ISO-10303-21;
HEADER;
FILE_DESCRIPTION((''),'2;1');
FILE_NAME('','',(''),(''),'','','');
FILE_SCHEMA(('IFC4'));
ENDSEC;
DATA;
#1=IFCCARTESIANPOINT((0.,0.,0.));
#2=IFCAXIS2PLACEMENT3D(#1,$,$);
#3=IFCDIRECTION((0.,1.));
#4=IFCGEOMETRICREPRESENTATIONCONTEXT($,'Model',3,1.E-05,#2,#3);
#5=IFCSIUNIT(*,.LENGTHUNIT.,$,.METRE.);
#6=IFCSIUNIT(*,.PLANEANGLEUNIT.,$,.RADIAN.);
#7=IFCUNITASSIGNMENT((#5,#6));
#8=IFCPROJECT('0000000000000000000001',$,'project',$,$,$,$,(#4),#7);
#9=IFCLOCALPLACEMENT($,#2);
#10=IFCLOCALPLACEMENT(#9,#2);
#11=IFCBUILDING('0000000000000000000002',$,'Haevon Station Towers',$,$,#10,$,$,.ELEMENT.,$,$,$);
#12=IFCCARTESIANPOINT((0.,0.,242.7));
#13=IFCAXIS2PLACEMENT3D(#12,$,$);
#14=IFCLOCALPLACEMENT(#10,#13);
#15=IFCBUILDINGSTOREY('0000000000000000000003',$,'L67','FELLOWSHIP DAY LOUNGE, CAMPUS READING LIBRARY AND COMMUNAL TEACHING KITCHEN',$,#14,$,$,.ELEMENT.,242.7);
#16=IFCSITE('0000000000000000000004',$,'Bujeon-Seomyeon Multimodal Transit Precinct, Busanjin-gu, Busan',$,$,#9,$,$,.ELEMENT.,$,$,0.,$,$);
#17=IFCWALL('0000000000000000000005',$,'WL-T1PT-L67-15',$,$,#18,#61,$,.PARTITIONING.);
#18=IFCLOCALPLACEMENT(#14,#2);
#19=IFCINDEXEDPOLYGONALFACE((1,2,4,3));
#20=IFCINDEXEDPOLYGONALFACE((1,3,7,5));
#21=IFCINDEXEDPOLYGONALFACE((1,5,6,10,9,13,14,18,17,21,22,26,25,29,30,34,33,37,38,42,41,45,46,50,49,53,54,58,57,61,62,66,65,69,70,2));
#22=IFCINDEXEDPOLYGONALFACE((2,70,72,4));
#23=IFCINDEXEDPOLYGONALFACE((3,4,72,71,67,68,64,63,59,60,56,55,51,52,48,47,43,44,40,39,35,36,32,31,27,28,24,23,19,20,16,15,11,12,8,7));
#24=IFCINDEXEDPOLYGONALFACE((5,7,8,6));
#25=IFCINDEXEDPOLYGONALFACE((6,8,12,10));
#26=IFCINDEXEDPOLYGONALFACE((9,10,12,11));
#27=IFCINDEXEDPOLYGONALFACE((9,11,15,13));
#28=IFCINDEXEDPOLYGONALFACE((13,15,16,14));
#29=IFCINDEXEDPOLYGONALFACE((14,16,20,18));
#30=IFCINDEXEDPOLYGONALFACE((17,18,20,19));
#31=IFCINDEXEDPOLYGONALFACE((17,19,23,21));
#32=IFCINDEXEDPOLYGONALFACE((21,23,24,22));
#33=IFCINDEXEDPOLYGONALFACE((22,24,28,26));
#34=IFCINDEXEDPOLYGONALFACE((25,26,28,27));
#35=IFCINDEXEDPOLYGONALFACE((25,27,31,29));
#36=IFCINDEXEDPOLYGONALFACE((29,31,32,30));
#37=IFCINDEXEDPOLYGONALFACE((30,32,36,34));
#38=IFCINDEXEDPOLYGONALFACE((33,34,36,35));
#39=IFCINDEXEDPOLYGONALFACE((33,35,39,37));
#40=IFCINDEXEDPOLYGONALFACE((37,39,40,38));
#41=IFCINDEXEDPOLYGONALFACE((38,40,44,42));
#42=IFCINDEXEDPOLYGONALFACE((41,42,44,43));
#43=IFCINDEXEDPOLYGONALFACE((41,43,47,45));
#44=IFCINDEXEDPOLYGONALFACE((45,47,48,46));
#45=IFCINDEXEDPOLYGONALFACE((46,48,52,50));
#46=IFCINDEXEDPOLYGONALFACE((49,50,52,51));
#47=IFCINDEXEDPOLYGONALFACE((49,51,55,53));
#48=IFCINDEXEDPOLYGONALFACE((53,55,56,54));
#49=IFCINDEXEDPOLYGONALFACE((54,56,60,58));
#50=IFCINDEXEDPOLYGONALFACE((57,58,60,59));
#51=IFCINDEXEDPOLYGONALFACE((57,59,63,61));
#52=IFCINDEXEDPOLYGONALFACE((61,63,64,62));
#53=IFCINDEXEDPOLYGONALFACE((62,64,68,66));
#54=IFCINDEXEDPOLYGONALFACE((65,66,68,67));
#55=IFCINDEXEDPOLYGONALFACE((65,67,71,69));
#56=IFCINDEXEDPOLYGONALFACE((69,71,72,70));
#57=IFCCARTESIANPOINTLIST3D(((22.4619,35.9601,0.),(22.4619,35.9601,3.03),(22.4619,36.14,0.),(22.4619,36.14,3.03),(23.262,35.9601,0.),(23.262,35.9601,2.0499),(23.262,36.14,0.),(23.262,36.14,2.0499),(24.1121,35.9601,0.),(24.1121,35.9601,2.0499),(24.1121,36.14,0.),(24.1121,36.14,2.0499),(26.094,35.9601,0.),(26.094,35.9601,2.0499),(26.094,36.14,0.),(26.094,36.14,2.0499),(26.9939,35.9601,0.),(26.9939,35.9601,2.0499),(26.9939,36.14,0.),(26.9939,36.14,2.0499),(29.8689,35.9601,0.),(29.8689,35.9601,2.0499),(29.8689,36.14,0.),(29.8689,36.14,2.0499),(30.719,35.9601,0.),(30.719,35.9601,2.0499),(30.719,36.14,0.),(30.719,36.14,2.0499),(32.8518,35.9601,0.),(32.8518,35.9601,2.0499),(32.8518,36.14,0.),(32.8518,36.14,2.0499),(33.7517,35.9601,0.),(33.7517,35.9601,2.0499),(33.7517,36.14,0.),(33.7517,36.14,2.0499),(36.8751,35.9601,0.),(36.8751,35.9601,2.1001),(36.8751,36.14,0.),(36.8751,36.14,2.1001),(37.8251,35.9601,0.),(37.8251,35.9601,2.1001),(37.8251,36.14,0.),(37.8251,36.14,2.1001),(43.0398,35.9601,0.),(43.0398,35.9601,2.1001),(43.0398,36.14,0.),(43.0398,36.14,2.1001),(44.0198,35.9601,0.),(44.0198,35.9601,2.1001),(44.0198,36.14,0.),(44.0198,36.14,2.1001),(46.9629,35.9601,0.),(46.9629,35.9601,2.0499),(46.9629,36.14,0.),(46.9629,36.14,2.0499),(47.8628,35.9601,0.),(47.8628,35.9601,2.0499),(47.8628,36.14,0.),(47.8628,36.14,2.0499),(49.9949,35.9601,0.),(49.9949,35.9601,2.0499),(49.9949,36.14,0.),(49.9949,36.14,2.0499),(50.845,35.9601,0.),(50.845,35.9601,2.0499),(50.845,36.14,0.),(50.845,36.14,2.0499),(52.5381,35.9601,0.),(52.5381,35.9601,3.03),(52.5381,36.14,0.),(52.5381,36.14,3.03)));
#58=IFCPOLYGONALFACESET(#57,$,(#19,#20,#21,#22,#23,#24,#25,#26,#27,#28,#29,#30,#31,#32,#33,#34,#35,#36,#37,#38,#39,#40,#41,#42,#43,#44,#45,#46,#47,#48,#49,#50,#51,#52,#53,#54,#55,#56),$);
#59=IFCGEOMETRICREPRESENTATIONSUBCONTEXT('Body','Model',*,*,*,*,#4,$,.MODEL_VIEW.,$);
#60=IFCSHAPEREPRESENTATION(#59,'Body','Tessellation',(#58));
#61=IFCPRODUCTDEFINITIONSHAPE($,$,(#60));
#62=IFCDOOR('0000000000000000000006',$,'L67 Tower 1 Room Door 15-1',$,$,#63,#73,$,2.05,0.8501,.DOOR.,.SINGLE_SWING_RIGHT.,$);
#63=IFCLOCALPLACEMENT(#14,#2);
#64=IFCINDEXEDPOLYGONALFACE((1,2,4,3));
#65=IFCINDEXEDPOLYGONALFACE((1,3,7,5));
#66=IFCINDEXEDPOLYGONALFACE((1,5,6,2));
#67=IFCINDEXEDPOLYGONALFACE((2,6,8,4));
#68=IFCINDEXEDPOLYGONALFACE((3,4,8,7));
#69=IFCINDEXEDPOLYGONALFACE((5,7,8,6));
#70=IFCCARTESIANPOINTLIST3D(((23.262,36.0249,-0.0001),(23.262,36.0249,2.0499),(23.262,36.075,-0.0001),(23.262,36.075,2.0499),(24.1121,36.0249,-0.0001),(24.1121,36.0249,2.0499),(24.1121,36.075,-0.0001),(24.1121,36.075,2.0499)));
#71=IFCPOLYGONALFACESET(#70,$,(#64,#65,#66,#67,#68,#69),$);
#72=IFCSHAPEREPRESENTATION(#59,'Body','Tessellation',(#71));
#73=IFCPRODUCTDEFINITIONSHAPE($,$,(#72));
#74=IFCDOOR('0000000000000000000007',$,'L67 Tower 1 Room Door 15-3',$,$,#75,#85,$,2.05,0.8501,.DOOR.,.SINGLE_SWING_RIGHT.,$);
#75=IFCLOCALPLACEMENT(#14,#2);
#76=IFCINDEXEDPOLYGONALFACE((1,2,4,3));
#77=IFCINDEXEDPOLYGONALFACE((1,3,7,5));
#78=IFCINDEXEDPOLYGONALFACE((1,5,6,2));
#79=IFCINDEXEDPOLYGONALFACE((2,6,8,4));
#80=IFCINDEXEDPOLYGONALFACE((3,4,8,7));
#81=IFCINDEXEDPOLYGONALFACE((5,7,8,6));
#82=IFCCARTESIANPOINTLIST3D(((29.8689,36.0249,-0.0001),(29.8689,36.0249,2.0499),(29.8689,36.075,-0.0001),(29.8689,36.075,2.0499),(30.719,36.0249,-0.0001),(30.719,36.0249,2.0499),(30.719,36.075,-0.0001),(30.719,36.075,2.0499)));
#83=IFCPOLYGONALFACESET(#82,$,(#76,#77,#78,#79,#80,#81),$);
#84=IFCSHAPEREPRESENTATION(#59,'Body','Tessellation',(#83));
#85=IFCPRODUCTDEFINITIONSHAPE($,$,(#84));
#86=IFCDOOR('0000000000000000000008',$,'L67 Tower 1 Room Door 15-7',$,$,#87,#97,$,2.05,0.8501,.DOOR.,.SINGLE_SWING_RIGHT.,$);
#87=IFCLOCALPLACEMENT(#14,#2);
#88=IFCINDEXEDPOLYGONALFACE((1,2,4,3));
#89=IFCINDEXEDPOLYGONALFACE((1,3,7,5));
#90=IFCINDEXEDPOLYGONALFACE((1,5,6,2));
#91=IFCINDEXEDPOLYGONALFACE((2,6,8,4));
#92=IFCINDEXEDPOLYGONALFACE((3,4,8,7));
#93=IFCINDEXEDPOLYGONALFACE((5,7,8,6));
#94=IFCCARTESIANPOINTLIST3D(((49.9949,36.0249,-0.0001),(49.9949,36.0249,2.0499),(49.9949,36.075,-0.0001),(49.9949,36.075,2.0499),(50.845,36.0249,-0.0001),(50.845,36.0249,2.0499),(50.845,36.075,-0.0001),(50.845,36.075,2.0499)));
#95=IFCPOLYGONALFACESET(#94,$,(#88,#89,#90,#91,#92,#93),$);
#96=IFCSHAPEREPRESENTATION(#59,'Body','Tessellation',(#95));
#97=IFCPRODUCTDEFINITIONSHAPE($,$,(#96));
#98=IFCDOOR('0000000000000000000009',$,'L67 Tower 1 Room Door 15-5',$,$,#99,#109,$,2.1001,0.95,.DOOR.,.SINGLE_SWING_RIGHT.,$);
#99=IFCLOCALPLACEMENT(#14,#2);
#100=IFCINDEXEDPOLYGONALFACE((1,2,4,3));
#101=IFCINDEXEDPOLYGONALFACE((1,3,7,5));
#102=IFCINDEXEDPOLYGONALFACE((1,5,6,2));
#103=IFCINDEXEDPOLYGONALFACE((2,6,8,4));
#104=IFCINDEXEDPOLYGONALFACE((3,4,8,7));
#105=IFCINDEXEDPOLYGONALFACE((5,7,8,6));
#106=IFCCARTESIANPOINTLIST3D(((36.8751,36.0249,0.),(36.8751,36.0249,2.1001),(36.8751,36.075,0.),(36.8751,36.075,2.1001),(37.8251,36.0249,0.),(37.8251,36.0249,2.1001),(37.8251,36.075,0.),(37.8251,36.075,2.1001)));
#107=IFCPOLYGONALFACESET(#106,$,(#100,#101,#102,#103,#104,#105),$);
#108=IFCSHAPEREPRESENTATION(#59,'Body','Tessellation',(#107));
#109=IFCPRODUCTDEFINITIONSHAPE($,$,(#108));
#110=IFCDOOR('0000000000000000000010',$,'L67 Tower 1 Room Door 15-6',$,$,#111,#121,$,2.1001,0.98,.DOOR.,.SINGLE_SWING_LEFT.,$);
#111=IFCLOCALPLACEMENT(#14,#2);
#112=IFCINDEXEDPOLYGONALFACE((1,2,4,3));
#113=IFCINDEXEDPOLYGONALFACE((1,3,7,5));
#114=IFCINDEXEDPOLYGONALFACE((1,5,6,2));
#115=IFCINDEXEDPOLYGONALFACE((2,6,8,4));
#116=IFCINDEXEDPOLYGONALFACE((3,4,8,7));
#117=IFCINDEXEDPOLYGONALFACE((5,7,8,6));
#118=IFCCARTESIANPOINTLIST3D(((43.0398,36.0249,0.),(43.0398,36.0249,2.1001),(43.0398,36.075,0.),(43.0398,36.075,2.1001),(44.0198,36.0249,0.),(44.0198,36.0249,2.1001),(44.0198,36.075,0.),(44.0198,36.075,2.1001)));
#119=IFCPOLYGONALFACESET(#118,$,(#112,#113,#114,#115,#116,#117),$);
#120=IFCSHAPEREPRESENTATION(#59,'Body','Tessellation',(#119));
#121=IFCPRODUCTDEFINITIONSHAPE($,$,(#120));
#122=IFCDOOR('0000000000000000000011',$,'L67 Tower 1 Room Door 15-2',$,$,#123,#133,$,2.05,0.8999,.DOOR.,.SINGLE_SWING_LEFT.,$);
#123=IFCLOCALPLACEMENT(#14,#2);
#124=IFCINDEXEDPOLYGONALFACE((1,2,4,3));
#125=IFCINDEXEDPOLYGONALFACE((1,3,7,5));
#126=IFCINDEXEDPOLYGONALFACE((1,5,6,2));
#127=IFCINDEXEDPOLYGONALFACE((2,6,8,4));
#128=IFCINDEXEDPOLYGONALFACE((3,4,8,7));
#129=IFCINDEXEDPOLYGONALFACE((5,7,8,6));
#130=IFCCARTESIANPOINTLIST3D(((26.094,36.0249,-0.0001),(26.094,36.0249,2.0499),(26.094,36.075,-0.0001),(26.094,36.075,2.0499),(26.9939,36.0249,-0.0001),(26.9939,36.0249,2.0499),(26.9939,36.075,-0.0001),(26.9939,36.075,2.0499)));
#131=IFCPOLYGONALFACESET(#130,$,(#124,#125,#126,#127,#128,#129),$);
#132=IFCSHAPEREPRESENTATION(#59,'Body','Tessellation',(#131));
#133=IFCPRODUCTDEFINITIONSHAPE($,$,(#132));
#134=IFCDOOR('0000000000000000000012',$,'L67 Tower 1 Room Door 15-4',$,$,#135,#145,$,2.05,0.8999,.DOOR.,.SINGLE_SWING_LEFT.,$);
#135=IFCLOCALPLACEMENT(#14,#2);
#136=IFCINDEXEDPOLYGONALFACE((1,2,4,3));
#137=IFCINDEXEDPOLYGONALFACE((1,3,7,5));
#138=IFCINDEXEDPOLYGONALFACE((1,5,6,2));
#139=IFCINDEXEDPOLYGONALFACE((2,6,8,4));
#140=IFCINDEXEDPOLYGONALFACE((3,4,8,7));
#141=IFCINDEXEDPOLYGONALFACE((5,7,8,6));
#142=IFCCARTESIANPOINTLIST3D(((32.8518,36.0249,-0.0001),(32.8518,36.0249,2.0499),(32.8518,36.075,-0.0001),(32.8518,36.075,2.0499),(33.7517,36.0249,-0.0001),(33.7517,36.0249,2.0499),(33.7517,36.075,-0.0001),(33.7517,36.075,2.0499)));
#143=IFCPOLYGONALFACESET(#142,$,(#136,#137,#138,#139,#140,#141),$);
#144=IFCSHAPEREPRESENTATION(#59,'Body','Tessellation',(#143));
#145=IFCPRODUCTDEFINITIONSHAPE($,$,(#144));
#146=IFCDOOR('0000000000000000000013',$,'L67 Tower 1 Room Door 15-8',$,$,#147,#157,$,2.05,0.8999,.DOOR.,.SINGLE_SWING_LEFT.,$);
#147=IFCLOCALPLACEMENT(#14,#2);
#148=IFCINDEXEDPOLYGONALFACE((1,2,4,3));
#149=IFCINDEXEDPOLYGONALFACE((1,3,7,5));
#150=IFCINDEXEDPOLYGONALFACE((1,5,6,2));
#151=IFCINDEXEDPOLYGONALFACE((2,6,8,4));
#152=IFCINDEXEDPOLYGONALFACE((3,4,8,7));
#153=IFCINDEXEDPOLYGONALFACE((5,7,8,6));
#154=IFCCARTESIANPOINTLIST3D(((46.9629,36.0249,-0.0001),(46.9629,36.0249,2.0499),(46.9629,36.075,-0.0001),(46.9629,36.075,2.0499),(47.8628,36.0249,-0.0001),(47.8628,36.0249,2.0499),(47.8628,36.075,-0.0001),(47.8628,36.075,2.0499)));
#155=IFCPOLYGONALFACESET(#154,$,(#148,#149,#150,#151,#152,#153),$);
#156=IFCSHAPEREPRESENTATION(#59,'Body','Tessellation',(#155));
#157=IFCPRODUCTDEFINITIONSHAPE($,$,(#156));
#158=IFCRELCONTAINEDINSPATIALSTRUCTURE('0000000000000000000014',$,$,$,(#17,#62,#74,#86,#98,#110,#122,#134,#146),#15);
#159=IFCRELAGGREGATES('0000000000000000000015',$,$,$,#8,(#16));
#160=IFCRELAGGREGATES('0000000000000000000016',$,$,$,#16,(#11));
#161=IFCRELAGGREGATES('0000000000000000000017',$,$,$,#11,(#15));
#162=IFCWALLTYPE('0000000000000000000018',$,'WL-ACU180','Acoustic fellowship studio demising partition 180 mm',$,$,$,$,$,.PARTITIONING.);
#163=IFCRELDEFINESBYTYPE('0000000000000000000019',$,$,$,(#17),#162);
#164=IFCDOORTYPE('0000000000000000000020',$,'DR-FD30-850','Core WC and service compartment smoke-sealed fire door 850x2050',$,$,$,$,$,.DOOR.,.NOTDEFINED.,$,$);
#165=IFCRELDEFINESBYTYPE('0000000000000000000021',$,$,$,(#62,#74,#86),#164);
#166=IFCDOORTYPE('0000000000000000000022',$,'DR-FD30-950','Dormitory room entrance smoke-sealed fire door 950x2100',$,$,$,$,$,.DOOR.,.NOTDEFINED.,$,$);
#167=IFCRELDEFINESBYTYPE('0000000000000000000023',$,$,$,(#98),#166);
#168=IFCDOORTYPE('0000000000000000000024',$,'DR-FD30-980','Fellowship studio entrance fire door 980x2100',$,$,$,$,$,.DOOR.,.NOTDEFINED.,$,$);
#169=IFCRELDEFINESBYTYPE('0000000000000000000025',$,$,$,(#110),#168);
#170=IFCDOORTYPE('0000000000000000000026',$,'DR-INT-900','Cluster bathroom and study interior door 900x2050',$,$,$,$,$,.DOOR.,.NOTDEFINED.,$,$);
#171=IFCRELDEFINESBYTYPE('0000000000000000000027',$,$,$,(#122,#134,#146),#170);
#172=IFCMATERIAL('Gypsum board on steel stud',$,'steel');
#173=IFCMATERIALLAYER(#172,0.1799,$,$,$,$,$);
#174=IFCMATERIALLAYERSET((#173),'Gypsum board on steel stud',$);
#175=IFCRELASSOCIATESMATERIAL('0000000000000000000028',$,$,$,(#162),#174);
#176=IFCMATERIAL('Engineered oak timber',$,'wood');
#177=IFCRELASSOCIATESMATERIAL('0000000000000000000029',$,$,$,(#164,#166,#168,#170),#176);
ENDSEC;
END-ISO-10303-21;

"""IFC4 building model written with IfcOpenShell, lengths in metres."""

from ifc_helpers import new_model, si_unit, direction, frame, frame_2d, origin, place, context, subcontext, project, spatial, rectangle, extrude, material, layer, layer_set, type_object, element, fill, save


model = new_model("IFC4")

# Units and contexts
model_context = context("Model", 3, precision=1e-05, world=origin(), true_north=direction((0.0, 1.0)))
body_context = subcontext(model_context, "Body", "Model", "MODEL_VIEW")
ifc_project = project(units=[si_unit("LENGTHUNIT", "METRE"), si_unit("PLANEANGLEUNIT", "RADIAN")], contexts=[model_context])

# Site, building, storey
site_placement = place(None, origin())
site = spatial("IfcSite", under=ifc_project, at=site_placement, Name="Bujeon-Seomyeon Multimodal Transit Precinct, Busanjin-gu, Busan", CompositionType="ELEMENT", RefElevation=0.0)
building_placement = place(site_placement, origin())
building = spatial("IfcBuilding", under=site, at=building_placement, Name="Haevon Station Towers", CompositionType="ELEMENT")
storey_placement = place(building_placement, frame((0.0, 0.0, 242.7)))
storey = spatial("IfcBuildingStorey", under=building, at=storey_placement, Name="L67", Description="FELLOWSHIP DAY LOUNGE, CAMPUS READING LIBRARY AND COMMUNAL TEACHING KITCHEN", CompositionType="ELEMENT", Elevation=242.7)

# Wall, openings, doors
ifc_material_1 = material(Name="Gypsum board on steel stud", Category="steel")
ifc_layer_1 = layer(ifc_material_1, 0.1799)
ifc_layer_set_1 = layer_set([ifc_layer_1], Name="Gypsum board on steel stud")
wall_type_1 = type_object("IfcWallType", Name="WL-ACU180", Description="Acoustic fellowship studio demising partition 180 mm", PredefinedType="PARTITIONING", material=ifc_layer_set_1)
wall_1_placement = place(storey_placement, frame((22.4619, 36.05, 0.0), z_axis=(0.0, 0.0, 1.0), x_axis=(1.0, 0.0, 0.0)))
wall_1 = element("IfcWall", 1, at=wall_1_placement, inside=storey, type_object=wall_type_1, Name="WL-T1PT-L67-15", PredefinedType="PARTITIONING", context=body_context, shape_type="SweptSolid", body=[
    extrude(rectangle(XDim=30.0762, YDim=0.1799, at=frame_2d((15.0381, 0.0))), origin(), (0.0, 0.0, 1.0), 3.03),
])
opening_1_placement = place(wall_1_placement, frame((0.8, 0.0, 0.0)))
opening_1 = element("IfcOpeningElement", 2, at=opening_1_placement, cuts=wall_1, PredefinedType="OPENING", context=body_context, shape_type="SweptSolid", body=[
    extrude(rectangle(XDim=0.8501, YDim=2.05, at=frame_2d((0.425, 1.0249))), frame((0.0, 0.0999, 0.0), z_axis=(0.0, -1.0, 0.0), x_axis=(1.0, 0.0, 0.0)), (0.0, 0.0, 1.0), 0.2),
])
opening_2_placement = place(wall_1_placement, frame((3.6321, 0.0, 0.0)))
opening_2 = element("IfcOpeningElement", 3, at=opening_2_placement, cuts=wall_1, PredefinedType="OPENING", context=body_context, shape_type="SweptSolid", body=[
    extrude(rectangle(XDim=0.8999, YDim=2.05, at=frame_2d((0.45, 1.0249))), frame((0.0, 0.0999, 0.0), z_axis=(0.0, -1.0, 0.0), x_axis=(1.0, 0.0, 0.0)), (0.0, 0.0, 1.0), 0.2),
])
opening_3_placement = place(wall_1_placement, frame((7.407, 0.0, 0.0)))
opening_3 = element("IfcOpeningElement", 4, at=opening_3_placement, cuts=wall_1, PredefinedType="OPENING", context=body_context, shape_type="SweptSolid", body=[
    extrude(rectangle(XDim=0.8501, YDim=2.05, at=frame_2d((0.425, 1.0249))), frame((0.0, 0.0999, 0.0), z_axis=(0.0, -1.0, 0.0), x_axis=(1.0, 0.0, 0.0)), (0.0, 0.0, 1.0), 0.2),
])
opening_4_placement = place(wall_1_placement, frame((10.3899, 0.0, 0.0)))
opening_4 = element("IfcOpeningElement", 5, at=opening_4_placement, cuts=wall_1, PredefinedType="OPENING", context=body_context, shape_type="SweptSolid", body=[
    extrude(rectangle(XDim=0.8999, YDim=2.05, at=frame_2d((0.45, 1.0249))), frame((0.0, 0.0999, 0.0), z_axis=(0.0, -1.0, 0.0), x_axis=(1.0, 0.0, 0.0)), (0.0, 0.0, 1.0), 0.2),
])
opening_5_placement = place(wall_1_placement, frame((14.4131, 0.0, 0.0)))
opening_5 = element("IfcOpeningElement", 6, at=opening_5_placement, cuts=wall_1, PredefinedType="OPENING", context=body_context, shape_type="SweptSolid", body=[
    extrude(rectangle(XDim=0.95, YDim=2.1001, at=frame_2d((0.4751, 1.05))), frame((0.0, 0.0999, 0.0), z_axis=(0.0, -1.0, 0.0), x_axis=(1.0, 0.0, 0.0)), (0.0, 0.0, 1.0), 0.2),
])
opening_6_placement = place(wall_1_placement, frame((20.5779, 0.0, 0.0)))
opening_6 = element("IfcOpeningElement", 7, at=opening_6_placement, cuts=wall_1, PredefinedType="OPENING", context=body_context, shape_type="SweptSolid", body=[
    extrude(rectangle(XDim=0.98, YDim=2.1001, at=frame_2d((0.49, 1.05))), frame((0.0, 0.0999, 0.0), z_axis=(0.0, -1.0, 0.0), x_axis=(1.0, 0.0, 0.0)), (0.0, 0.0, 1.0), 0.2),
])
opening_7_placement = place(wall_1_placement, frame((27.533, 0.0, 0.0)))
opening_7 = element("IfcOpeningElement", 8, at=opening_7_placement, cuts=wall_1, PredefinedType="OPENING", context=body_context, shape_type="SweptSolid", body=[
    extrude(rectangle(XDim=0.8501, YDim=2.05, at=frame_2d((0.425, 1.0249))), frame((0.0, 0.0999, 0.0), z_axis=(0.0, -1.0, 0.0), x_axis=(1.0, 0.0, 0.0)), (0.0, 0.0, 1.0), 0.2),
])
opening_8_placement = place(wall_1_placement, frame((24.501, 0.0, 0.0)))
opening_8 = element("IfcOpeningElement", 9, at=opening_8_placement, cuts=wall_1, PredefinedType="OPENING", context=body_context, shape_type="SweptSolid", body=[
    extrude(rectangle(XDim=0.8999, YDim=2.05, at=frame_2d((0.45, 1.0249))), frame((0.0, 0.0999, 0.0), z_axis=(0.0, -1.0, 0.0), x_axis=(1.0, 0.0, 0.0)), (0.0, 0.0, 1.0), 0.2),
])
ifc_material_2 = material(Name="Engineered oak timber", Category="wood")
door_type_1 = type_object("IfcDoorType", Name="DR-FD30-850", Description="Core WC and service compartment smoke-sealed fire door 850x2050", OperationType="NOTDEFINED", PredefinedType="DOOR", material=ifc_material_2)
door_1_placement = place(opening_1_placement, origin())
door_1 = element("IfcDoor", 10, at=door_1_placement, inside=storey, type_object=door_type_1, Name="L67 Tower 1 Room Door 15-1", OperationType="SINGLE_SWING_RIGHT", OverallHeight=2.05, OverallWidth=0.8501, PredefinedType="DOOR", context=body_context, shape_type="SweptSolid", body=[
    extrude(rectangle(XDim=0.8501, YDim=2.05, at=frame_2d((0.425, 1.0249))), frame((0.0, 0.0249, 0.0), z_axis=(0.0, -1.0, 0.0), x_axis=(1.0, 0.0, 0.0)), (0.0, 0.0, 1.0), 0.05),
])
fill(opening_1, door_1)
door_2_placement = place(opening_3_placement, origin())
door_2 = element("IfcDoor", 11, at=door_2_placement, inside=storey, type_object=door_type_1, Name="L67 Tower 1 Room Door 15-3", OperationType="SINGLE_SWING_RIGHT", OverallHeight=2.05, OverallWidth=0.8501, PredefinedType="DOOR", context=body_context, shape_type="SweptSolid", body=[
    extrude(rectangle(XDim=0.8501, YDim=2.05, at=frame_2d((0.425, 1.0249))), frame((0.0, 0.0249, 0.0), z_axis=(0.0, -1.0, 0.0), x_axis=(1.0, 0.0, 0.0)), (0.0, 0.0, 1.0), 0.05),
])
fill(opening_3, door_2)
door_3_placement = place(opening_7_placement, origin())
door_3 = element("IfcDoor", 12, at=door_3_placement, inside=storey, type_object=door_type_1, Name="L67 Tower 1 Room Door 15-7", OperationType="SINGLE_SWING_RIGHT", OverallHeight=2.05, OverallWidth=0.8501, PredefinedType="DOOR", context=body_context, shape_type="SweptSolid", body=[
    extrude(rectangle(XDim=0.8501, YDim=2.05, at=frame_2d((0.425, 1.0249))), frame((0.0, 0.0249, 0.0), z_axis=(0.0, -1.0, 0.0), x_axis=(1.0, 0.0, 0.0)), (0.0, 0.0, 1.0), 0.05),
])
fill(opening_7, door_3)
door_type_2 = type_object("IfcDoorType", Name="DR-FD30-950", Description="Dormitory room entrance smoke-sealed fire door 950x2100", OperationType="NOTDEFINED", PredefinedType="DOOR", material=ifc_material_2)
door_4_placement = place(opening_5_placement, origin())
door_4 = element("IfcDoor", 13, at=door_4_placement, inside=storey, type_object=door_type_2, Name="L67 Tower 1 Room Door 15-5", OperationType="SINGLE_SWING_RIGHT", OverallHeight=2.1001, OverallWidth=0.95, PredefinedType="DOOR", context=body_context, shape_type="SweptSolid", body=[
    extrude(rectangle(XDim=0.95, YDim=2.1001, at=frame_2d((0.4751, 1.05))), frame((0.0, 0.0249, 0.0), z_axis=(0.0, -1.0, 0.0), x_axis=(1.0, 0.0, 0.0)), (0.0, 0.0, 1.0), 0.05),
])
fill(opening_5, door_4)
door_type_3 = type_object("IfcDoorType", Name="DR-FD30-980", Description="Fellowship studio entrance fire door 980x2100", OperationType="NOTDEFINED", PredefinedType="DOOR", material=ifc_material_2)
door_5_placement = place(opening_6_placement, origin())
door_5 = element("IfcDoor", 14, at=door_5_placement, inside=storey, type_object=door_type_3, Name="L67 Tower 1 Room Door 15-6", OperationType="SINGLE_SWING_LEFT", OverallHeight=2.1001, OverallWidth=0.98, PredefinedType="DOOR", context=body_context, shape_type="SweptSolid", body=[
    extrude(rectangle(XDim=0.98, YDim=2.1001, at=frame_2d((0.49, 1.05))), frame((0.0, 0.0249, 0.0), z_axis=(0.0, -1.0, 0.0), x_axis=(1.0, 0.0, 0.0)), (0.0, 0.0, 1.0), 0.05),
])
fill(opening_6, door_5)
door_type_4 = type_object("IfcDoorType", Name="DR-INT-900", Description="Cluster bathroom and study interior door 900x2050", OperationType="NOTDEFINED", PredefinedType="DOOR", material=ifc_material_2)
door_6_placement = place(opening_2_placement, origin())
door_6 = element("IfcDoor", 15, at=door_6_placement, inside=storey, type_object=door_type_4, Name="L67 Tower 1 Room Door 15-2", OperationType="SINGLE_SWING_LEFT", OverallHeight=2.05, OverallWidth=0.8999, PredefinedType="DOOR", context=body_context, shape_type="SweptSolid", body=[
    extrude(rectangle(XDim=0.8999, YDim=2.05, at=frame_2d((0.45, 1.0249))), frame((0.0, 0.0249, 0.0), z_axis=(0.0, -1.0, 0.0), x_axis=(1.0, 0.0, 0.0)), (0.0, 0.0, 1.0), 0.05),
])
fill(opening_2, door_6)
door_7_placement = place(opening_4_placement, origin())
door_7 = element("IfcDoor", 16, at=door_7_placement, inside=storey, type_object=door_type_4, Name="L67 Tower 1 Room Door 15-4", OperationType="SINGLE_SWING_LEFT", OverallHeight=2.05, OverallWidth=0.8999, PredefinedType="DOOR", context=body_context, shape_type="SweptSolid", body=[
    extrude(rectangle(XDim=0.8999, YDim=2.05, at=frame_2d((0.45, 1.0249))), frame((0.0, 0.0249, 0.0), z_axis=(0.0, -1.0, 0.0), x_axis=(1.0, 0.0, 0.0)), (0.0, 0.0, 1.0), 0.05),
])
fill(opening_4, door_7)
door_8_placement = place(opening_8_placement, origin())
door_8 = element("IfcDoor", 17, at=door_8_placement, inside=storey, type_object=door_type_4, Name="L67 Tower 1 Room Door 15-8", OperationType="SINGLE_SWING_LEFT", OverallHeight=2.05, OverallWidth=0.8999, PredefinedType="DOOR", context=body_context, shape_type="SweptSolid", body=[
    extrude(rectangle(XDim=0.8999, YDim=2.05, at=frame_2d((0.45, 1.0249))), frame((0.0, 0.0249, 0.0), z_axis=(0.0, -1.0, 0.0), x_axis=(1.0, 0.0, 0.0)), (0.0, 0.0, 1.0), 0.05),
])
fill(opening_8, door_8)

save(model, "model.ifc")
